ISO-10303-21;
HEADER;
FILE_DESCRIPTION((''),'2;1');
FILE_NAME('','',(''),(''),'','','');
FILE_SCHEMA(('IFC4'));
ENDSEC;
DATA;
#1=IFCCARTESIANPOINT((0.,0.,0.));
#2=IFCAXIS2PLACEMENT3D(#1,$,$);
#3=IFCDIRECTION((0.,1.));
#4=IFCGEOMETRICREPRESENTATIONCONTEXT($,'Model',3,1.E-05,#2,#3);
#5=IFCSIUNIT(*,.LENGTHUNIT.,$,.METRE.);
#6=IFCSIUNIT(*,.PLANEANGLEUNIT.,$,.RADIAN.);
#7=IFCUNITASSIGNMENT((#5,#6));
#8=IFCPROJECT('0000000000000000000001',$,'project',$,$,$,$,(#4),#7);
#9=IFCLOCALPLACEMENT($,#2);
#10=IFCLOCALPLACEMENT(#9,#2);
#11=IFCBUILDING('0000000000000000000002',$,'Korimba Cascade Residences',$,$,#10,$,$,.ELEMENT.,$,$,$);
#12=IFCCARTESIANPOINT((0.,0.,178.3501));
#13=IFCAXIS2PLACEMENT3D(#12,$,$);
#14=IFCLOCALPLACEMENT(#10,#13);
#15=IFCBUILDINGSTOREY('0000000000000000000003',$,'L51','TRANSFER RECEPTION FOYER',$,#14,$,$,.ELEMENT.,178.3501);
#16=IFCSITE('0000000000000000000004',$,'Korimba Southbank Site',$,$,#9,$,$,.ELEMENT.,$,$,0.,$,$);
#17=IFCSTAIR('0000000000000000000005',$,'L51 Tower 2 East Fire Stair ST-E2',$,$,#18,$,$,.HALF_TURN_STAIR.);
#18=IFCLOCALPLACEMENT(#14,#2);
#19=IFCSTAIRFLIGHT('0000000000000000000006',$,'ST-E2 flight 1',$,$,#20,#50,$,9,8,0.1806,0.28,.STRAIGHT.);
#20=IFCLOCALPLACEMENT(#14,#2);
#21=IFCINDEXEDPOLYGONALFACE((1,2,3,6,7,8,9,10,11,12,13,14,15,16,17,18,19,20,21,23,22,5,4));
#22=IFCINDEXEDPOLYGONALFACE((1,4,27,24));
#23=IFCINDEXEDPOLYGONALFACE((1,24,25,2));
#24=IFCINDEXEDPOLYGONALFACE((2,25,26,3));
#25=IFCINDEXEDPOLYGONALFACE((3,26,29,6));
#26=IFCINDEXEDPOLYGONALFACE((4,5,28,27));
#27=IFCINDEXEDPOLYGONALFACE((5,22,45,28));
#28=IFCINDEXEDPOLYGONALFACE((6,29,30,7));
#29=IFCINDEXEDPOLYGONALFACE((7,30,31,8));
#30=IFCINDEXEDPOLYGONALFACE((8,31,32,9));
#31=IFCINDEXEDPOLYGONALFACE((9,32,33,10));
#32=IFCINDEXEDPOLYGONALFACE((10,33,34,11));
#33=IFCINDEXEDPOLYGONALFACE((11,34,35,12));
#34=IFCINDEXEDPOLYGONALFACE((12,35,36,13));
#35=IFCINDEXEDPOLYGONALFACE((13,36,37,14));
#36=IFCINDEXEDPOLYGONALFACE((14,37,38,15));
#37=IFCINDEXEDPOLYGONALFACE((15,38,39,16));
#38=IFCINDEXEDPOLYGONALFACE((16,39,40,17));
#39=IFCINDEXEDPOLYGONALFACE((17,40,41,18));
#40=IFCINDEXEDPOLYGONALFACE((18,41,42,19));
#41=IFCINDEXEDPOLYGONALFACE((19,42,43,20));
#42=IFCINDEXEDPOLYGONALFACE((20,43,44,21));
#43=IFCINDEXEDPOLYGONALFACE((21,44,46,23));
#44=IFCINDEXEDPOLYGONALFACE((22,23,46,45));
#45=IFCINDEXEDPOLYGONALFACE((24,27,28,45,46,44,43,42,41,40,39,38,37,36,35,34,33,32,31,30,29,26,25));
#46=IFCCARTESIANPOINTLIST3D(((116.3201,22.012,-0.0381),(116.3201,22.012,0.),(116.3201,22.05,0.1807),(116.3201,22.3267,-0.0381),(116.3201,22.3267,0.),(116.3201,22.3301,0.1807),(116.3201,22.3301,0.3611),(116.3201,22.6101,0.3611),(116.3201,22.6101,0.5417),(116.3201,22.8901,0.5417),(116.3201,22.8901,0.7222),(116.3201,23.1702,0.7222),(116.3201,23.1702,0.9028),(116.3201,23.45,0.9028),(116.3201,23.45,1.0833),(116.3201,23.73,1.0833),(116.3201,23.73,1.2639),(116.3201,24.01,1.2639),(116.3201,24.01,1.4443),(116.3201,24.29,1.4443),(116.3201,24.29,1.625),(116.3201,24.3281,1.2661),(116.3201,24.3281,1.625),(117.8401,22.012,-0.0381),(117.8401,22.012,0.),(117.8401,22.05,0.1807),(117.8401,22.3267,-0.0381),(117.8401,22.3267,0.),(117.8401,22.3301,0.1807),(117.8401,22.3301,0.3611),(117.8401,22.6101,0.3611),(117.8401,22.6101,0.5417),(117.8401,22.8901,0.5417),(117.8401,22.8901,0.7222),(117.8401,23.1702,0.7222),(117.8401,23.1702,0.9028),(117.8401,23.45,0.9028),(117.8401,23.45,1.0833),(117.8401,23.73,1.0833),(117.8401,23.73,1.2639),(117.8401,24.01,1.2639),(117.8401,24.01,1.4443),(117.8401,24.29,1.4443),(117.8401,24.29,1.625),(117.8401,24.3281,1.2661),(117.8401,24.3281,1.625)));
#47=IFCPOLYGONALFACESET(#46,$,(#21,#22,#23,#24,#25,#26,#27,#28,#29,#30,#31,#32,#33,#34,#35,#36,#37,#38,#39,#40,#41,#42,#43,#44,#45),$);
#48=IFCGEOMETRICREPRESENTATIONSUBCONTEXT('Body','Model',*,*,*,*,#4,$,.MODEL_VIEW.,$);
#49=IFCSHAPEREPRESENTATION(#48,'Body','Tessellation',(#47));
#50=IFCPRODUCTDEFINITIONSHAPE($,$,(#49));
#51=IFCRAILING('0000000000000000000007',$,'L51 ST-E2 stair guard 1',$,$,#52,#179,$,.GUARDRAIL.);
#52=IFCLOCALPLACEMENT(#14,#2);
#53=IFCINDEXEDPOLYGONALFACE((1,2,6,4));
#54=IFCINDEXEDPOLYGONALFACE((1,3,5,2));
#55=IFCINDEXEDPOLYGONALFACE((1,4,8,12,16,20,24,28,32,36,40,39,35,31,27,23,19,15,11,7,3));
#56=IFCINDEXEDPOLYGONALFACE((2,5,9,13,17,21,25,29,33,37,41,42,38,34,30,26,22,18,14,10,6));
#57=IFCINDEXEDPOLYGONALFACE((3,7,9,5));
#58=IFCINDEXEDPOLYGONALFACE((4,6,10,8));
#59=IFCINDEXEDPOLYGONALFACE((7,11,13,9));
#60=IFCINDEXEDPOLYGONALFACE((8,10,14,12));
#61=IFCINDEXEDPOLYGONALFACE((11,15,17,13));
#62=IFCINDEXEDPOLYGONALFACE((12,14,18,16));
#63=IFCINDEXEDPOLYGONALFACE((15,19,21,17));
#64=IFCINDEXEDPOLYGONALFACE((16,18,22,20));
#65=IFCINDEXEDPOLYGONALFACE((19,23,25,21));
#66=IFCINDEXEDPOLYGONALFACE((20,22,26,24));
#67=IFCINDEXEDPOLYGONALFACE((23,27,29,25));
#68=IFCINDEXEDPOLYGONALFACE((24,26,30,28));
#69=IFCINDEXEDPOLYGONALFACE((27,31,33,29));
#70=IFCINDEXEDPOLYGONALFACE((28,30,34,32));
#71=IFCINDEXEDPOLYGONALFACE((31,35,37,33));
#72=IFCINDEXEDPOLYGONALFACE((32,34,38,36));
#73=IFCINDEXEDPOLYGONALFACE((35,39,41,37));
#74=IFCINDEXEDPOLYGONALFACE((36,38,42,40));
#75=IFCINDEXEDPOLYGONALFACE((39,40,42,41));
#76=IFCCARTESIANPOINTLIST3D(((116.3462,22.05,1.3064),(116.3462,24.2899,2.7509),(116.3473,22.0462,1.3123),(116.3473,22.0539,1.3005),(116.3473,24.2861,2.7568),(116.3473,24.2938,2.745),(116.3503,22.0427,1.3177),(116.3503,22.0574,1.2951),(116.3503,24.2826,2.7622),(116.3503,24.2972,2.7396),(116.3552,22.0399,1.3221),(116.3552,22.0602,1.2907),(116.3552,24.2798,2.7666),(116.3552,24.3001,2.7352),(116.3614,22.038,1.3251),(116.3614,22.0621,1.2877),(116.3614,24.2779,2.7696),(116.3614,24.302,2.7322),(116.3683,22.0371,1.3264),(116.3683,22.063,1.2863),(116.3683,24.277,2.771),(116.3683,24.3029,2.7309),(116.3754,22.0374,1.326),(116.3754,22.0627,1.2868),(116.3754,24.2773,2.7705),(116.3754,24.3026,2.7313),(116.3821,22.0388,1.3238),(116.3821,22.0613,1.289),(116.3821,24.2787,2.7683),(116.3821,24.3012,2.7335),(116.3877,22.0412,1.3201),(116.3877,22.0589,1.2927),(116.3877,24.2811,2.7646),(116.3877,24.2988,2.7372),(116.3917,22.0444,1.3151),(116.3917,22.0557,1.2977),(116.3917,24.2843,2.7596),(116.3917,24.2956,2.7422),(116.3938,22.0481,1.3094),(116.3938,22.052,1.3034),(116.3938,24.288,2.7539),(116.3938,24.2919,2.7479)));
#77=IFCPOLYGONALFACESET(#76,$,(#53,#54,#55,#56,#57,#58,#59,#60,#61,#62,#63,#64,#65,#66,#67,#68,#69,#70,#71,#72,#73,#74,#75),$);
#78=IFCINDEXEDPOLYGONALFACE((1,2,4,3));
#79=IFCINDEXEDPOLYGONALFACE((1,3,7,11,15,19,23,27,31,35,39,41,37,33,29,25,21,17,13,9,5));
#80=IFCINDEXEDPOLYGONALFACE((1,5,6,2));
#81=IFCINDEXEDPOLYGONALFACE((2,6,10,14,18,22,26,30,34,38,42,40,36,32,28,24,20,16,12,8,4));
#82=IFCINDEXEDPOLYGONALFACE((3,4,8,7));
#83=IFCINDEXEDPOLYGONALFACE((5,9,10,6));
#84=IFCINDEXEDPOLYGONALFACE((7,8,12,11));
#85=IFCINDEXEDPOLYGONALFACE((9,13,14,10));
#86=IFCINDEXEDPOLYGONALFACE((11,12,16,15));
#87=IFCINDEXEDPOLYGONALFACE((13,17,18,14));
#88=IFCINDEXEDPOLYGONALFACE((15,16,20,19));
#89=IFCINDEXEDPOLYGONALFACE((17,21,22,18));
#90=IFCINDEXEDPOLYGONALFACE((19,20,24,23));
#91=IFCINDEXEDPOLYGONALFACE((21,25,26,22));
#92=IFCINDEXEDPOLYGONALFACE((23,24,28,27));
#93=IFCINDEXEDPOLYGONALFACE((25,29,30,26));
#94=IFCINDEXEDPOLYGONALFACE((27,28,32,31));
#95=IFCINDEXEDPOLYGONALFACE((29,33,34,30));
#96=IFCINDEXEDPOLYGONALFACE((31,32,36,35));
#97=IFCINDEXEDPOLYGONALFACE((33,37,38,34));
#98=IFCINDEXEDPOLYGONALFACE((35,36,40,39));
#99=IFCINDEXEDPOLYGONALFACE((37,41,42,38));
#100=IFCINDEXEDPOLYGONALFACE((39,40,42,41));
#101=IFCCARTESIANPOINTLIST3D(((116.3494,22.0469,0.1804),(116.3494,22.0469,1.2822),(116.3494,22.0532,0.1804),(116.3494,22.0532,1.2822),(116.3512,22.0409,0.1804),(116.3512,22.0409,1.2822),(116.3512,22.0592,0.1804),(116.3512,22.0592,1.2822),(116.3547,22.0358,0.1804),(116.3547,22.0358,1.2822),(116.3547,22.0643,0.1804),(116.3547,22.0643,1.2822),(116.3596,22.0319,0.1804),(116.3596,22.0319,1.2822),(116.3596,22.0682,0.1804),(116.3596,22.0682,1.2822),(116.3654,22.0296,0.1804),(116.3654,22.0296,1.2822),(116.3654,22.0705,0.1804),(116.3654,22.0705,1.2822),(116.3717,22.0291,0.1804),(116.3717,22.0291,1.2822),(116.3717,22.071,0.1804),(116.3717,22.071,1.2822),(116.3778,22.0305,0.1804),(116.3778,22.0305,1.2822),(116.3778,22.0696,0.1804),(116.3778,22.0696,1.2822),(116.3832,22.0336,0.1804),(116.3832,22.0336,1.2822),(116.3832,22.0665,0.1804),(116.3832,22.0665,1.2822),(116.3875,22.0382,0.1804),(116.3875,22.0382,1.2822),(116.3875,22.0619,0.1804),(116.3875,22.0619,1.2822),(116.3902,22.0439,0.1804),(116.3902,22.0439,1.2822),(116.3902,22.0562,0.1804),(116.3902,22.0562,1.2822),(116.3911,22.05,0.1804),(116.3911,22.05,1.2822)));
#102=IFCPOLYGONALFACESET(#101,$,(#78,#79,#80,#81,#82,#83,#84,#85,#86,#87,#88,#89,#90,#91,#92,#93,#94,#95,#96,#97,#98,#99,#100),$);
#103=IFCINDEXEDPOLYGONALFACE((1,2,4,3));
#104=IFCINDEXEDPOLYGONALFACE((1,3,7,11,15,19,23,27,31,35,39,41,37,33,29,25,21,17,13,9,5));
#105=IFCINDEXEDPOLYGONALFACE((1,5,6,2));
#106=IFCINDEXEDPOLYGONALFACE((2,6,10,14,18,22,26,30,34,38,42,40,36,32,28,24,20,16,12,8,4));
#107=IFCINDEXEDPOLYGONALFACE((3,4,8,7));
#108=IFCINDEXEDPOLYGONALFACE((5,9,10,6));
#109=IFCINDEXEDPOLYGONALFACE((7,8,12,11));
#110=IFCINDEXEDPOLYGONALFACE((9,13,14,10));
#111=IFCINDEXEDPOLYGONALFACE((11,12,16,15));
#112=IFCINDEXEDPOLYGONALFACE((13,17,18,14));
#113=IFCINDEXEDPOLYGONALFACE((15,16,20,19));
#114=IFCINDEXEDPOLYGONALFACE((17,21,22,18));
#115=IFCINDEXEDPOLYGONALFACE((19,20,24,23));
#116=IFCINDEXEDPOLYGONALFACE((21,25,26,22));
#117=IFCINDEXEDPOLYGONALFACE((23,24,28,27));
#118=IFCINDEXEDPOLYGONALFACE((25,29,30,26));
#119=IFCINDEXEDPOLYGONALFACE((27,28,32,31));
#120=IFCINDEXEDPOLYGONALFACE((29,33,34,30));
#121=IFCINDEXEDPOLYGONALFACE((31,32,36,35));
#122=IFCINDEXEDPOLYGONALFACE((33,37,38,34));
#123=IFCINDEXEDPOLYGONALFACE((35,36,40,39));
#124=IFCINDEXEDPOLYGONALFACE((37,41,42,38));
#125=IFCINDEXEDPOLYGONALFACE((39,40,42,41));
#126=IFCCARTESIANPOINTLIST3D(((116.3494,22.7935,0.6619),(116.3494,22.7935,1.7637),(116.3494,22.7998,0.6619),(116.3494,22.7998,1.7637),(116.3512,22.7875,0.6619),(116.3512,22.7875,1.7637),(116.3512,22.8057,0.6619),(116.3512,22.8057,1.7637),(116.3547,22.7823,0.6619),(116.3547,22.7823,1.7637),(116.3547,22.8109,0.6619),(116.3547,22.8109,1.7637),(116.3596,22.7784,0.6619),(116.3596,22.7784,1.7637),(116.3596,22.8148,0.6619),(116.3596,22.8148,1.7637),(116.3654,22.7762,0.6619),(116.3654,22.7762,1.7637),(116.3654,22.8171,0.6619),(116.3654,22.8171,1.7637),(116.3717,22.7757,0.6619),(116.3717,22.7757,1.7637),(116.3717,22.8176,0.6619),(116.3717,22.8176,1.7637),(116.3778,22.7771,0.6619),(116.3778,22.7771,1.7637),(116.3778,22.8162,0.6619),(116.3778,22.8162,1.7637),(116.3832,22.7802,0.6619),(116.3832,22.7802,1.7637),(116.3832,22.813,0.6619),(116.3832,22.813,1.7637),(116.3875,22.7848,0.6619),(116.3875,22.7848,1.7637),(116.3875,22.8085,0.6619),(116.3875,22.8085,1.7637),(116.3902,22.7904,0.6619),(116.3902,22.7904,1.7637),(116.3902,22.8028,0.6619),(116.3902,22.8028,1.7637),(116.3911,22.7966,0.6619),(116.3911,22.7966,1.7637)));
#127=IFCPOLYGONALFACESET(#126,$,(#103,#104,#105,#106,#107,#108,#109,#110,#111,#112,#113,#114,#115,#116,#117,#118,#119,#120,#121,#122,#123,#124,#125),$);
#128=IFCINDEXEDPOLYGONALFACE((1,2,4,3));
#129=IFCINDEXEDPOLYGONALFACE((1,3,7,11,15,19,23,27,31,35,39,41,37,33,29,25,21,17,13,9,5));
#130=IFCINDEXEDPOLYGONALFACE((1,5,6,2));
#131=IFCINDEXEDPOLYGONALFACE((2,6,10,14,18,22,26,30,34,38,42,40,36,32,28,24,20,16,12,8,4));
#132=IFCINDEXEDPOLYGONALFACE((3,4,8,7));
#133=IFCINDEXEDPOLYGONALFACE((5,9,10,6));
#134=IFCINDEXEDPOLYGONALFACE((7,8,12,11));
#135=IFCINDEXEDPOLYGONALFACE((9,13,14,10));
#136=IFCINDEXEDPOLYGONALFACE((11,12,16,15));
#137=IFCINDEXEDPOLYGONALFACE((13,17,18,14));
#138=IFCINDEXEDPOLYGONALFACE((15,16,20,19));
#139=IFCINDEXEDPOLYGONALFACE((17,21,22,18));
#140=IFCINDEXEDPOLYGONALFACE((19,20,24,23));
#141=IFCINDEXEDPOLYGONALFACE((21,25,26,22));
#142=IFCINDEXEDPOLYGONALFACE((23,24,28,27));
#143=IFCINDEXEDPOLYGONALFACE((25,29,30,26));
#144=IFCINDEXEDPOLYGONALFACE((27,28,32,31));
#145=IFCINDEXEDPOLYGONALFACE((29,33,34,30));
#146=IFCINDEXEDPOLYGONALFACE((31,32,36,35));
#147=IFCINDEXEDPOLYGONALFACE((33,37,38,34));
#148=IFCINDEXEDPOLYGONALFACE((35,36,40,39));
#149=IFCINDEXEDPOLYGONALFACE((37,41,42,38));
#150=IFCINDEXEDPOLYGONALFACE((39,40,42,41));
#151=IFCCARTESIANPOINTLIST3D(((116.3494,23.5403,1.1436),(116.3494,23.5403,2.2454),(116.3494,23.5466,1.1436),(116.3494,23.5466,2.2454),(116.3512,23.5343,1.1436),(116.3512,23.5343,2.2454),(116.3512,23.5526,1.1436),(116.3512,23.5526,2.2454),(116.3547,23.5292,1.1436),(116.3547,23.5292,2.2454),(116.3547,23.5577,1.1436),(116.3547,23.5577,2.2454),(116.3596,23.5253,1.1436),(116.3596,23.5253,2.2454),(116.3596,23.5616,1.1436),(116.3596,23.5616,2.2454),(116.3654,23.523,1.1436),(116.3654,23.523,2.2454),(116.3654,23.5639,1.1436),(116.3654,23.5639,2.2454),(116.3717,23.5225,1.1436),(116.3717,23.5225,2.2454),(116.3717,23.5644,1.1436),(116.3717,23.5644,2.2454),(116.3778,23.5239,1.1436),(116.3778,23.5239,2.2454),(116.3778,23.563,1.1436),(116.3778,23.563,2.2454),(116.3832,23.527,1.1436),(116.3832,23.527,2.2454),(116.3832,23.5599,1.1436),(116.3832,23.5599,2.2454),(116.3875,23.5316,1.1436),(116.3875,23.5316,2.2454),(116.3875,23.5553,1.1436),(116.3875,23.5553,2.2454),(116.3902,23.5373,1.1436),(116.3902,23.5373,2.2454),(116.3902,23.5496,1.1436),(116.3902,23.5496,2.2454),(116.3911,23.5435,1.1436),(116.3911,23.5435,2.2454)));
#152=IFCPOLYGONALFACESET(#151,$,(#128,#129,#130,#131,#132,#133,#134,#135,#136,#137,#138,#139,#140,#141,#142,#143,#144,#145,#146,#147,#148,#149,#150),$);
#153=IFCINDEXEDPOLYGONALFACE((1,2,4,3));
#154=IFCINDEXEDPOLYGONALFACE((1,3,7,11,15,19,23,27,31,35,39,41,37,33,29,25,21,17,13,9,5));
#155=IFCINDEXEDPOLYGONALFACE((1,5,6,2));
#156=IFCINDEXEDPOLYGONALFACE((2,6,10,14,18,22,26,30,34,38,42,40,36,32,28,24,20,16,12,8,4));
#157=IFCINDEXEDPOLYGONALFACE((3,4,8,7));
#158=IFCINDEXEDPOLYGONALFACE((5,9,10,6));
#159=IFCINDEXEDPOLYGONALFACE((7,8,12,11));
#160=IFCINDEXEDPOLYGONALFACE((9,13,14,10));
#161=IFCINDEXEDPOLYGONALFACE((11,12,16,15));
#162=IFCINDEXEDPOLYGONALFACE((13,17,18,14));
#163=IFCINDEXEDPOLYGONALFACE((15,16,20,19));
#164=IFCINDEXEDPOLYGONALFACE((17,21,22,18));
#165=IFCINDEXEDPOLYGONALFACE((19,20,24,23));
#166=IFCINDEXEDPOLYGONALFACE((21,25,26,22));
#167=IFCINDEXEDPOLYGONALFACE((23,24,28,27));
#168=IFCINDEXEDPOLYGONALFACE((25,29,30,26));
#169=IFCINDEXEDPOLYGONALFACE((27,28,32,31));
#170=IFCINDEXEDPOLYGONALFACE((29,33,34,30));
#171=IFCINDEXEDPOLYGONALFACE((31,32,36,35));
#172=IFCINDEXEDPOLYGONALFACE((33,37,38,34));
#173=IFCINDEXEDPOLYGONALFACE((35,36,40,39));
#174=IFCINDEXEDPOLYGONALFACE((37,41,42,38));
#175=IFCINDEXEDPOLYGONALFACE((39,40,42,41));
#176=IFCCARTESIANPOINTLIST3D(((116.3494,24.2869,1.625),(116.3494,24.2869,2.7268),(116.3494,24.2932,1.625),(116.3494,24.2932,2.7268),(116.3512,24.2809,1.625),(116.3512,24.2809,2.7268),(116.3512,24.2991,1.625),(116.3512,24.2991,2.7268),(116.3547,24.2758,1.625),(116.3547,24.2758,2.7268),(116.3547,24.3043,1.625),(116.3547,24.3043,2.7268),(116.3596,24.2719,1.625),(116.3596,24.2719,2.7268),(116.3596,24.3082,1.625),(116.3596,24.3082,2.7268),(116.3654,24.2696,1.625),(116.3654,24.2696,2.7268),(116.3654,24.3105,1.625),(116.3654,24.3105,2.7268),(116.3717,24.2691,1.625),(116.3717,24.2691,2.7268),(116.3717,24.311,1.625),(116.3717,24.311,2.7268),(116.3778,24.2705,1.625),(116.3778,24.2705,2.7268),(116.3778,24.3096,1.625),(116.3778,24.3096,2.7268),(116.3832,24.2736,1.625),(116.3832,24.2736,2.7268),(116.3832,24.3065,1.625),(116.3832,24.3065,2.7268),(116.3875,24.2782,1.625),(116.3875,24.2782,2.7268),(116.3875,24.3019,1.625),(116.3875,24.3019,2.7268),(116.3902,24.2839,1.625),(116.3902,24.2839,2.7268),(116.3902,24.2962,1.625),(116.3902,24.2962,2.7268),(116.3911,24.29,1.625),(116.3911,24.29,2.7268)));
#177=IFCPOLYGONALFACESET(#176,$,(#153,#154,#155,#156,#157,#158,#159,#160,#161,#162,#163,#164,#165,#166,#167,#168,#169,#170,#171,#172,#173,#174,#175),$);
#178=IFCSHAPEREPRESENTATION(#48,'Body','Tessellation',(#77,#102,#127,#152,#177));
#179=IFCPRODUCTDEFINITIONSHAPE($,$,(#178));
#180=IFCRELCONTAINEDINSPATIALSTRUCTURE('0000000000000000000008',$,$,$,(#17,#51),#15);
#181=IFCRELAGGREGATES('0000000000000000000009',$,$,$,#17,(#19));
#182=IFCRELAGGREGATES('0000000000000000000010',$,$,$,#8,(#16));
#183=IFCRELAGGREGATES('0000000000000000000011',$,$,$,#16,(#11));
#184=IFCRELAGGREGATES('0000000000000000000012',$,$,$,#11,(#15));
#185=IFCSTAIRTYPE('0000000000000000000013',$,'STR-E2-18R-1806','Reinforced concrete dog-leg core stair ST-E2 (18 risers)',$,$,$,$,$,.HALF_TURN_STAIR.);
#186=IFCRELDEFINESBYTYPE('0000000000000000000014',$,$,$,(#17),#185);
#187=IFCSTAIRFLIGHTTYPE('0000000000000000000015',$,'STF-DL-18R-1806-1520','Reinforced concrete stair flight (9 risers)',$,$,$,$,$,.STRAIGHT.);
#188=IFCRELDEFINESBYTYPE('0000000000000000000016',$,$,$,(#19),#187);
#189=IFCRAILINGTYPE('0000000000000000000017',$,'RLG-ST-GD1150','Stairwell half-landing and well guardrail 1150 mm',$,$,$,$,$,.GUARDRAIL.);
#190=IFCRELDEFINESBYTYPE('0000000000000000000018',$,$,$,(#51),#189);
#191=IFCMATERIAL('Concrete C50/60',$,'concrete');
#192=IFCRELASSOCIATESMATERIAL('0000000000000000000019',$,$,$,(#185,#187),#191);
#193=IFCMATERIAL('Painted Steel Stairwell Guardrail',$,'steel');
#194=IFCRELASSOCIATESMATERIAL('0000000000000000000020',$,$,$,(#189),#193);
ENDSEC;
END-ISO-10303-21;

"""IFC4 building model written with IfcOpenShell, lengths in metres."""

from ifc_helpers import new_model, si_unit, direction, frame, origin, origin_2d, place, context, subcontext, project, spatial, polyline, circle, outline, extrude, material, type_object, element, aggregate, save


model = new_model("IFC4")

# Units and contexts
model_context = context("Model", 3, precision=1e-05, world=origin(), true_north=direction((0.0, 1.0)))
body_context = subcontext(model_context, "Body", "Model", "MODEL_VIEW")
ifc_project = project(units=[si_unit("LENGTHUNIT", "METRE"), si_unit("PLANEANGLEUNIT", "RADIAN")], contexts=[model_context])

# Site, building, storey
site_placement = place(None, origin())
site = spatial("IfcSite", under=ifc_project, at=site_placement, Name="Korimba Southbank Site", CompositionType="ELEMENT", RefElevation=0.0)
building_placement = place(site_placement, origin())
building = spatial("IfcBuilding", under=site, at=building_placement, Name="Korimba Cascade Residences", CompositionType="ELEMENT")
storey_placement = place(building_placement, frame((0.0, 0.0, 178.3501)))
storey = spatial("IfcBuildingStorey", under=building, at=storey_placement, Name="L51", Description="TRANSFER RECEPTION FOYER", CompositionType="ELEMENT", Elevation=178.3501)

# Shared definitions
ifc_material_1 = material(Name="Concrete C50/60", Category="concrete")

# Stair, stair flight
stair_type = type_object("IfcStairType", Name="STR-E2-18R-1806", Description="Reinforced concrete dog-leg core stair ST-E2 (18 risers)", PredefinedType="HALF_TURN_STAIR", material=ifc_material_1)
stair_placement = place(storey_placement, origin())
stair = element("IfcStair", 1, at=stair_placement, inside=storey, type_object=stair_type, Name="L51 Tower 2 East Fire Stair ST-E2", PredefinedType="HALF_TURN_STAIR")
stair_flight_type = type_object("IfcStairFlightType", Name="STF-DL-18R-1806-1520", Description="Reinforced concrete stair flight (9 risers)", PredefinedType="STRAIGHT", material=ifc_material_1)
stair_flight_placement = place(storey_placement, frame((117.0801, 22.05, 0.0), z_axis=(0.0, 0.0, 1.0), x_axis=(0.0, 1.0, 0.0)))
stair_flight = element("IfcStairFlight", 2, at=stair_flight_placement, type_object=stair_flight_type, Name="ST-E2 flight 1", NumberOfRisers=9, NumberOfTreads=8, PredefinedType="STRAIGHT", RiserHeight=0.1806, TreadLength=0.28, context=body_context, shape_type="SweptSolid", body=[
    extrude(outline(polyline([(-0.0381, 0.0), (0.0, 0.1807), (0.28, 0.1807), (0.28, 0.3611), (0.5601, 0.3611), (0.5601, 0.5417), (0.8401, 0.5417), (0.8401, 0.7222), (1.1201, 0.7222), (1.1201, 0.9028), (1.3999, 0.9028), (1.3999, 1.0833), (1.6799, 1.0833), (1.6799, 1.2639), (1.96, 1.2639), (1.96, 1.4443), (2.24, 1.4443), (2.24, 1.625), (2.2781, 1.625), (2.2781, 1.2661), (0.2766, 0.0), (0.2766, -0.0381), (-0.0381, -0.0381), (-0.0381, 0.0)])), frame((0.0, 0.76, 0.0), z_axis=(0.0, -1.0, 0.0), x_axis=(1.0, 0.0, 0.0)), (0.0, 0.0, 1.0), 1.52),
])
aggregate(stair, [stair_flight])

# Railing
ifc_material_2 = material(Name="Painted Steel Stairwell Guardrail", Category="steel")
railing_type_1 = type_object("IfcRailingType", Name="RLG-ST-GD1150", Description="Stairwell half-landing and well guardrail 1150 mm", PredefinedType="GUARDRAIL", material=ifc_material_2)
railing_1_placement = place(storey_placement, frame((116.3701, 22.05, 0.1804)))
element("IfcRailing", 3, at=railing_1_placement, inside=storey, type_object=railing_type_1, Name="L51 ST-E2 stair guard 1", PredefinedType="GUARDRAIL", context=body_context, shape_type="SweptSolid", body=[
    extrude(circle(Radius=0.0239, at=origin_2d()), frame((0.0, 0.0, 1.126), z_axis=(0.0, 0.840395, 0.541975), x_axis=(-1.0, 0.0, 0.0)), (0.0, 0.0, 1.0), 2.6653),
    extrude(circle(Radius=0.021, at=origin_2d()), origin(), (0.0, 0.0, 1.0), 1.1018),
    extrude(circle(Radius=0.021, at=origin_2d()), frame((0.0, 0.7466, 0.4814)), (0.0, 0.0, 1.0), 1.1018),
    extrude(circle(Radius=0.021, at=origin_2d()), frame((0.0, 1.4934, 0.9631)), (0.0, 0.0, 1.0), 1.1018),
    extrude(circle(Radius=0.021, at=origin_2d()), frame((0.0, 2.24, 1.4446)), (0.0, 0.0, 1.0), 1.1018),
])

save(model, "model.ifc")
